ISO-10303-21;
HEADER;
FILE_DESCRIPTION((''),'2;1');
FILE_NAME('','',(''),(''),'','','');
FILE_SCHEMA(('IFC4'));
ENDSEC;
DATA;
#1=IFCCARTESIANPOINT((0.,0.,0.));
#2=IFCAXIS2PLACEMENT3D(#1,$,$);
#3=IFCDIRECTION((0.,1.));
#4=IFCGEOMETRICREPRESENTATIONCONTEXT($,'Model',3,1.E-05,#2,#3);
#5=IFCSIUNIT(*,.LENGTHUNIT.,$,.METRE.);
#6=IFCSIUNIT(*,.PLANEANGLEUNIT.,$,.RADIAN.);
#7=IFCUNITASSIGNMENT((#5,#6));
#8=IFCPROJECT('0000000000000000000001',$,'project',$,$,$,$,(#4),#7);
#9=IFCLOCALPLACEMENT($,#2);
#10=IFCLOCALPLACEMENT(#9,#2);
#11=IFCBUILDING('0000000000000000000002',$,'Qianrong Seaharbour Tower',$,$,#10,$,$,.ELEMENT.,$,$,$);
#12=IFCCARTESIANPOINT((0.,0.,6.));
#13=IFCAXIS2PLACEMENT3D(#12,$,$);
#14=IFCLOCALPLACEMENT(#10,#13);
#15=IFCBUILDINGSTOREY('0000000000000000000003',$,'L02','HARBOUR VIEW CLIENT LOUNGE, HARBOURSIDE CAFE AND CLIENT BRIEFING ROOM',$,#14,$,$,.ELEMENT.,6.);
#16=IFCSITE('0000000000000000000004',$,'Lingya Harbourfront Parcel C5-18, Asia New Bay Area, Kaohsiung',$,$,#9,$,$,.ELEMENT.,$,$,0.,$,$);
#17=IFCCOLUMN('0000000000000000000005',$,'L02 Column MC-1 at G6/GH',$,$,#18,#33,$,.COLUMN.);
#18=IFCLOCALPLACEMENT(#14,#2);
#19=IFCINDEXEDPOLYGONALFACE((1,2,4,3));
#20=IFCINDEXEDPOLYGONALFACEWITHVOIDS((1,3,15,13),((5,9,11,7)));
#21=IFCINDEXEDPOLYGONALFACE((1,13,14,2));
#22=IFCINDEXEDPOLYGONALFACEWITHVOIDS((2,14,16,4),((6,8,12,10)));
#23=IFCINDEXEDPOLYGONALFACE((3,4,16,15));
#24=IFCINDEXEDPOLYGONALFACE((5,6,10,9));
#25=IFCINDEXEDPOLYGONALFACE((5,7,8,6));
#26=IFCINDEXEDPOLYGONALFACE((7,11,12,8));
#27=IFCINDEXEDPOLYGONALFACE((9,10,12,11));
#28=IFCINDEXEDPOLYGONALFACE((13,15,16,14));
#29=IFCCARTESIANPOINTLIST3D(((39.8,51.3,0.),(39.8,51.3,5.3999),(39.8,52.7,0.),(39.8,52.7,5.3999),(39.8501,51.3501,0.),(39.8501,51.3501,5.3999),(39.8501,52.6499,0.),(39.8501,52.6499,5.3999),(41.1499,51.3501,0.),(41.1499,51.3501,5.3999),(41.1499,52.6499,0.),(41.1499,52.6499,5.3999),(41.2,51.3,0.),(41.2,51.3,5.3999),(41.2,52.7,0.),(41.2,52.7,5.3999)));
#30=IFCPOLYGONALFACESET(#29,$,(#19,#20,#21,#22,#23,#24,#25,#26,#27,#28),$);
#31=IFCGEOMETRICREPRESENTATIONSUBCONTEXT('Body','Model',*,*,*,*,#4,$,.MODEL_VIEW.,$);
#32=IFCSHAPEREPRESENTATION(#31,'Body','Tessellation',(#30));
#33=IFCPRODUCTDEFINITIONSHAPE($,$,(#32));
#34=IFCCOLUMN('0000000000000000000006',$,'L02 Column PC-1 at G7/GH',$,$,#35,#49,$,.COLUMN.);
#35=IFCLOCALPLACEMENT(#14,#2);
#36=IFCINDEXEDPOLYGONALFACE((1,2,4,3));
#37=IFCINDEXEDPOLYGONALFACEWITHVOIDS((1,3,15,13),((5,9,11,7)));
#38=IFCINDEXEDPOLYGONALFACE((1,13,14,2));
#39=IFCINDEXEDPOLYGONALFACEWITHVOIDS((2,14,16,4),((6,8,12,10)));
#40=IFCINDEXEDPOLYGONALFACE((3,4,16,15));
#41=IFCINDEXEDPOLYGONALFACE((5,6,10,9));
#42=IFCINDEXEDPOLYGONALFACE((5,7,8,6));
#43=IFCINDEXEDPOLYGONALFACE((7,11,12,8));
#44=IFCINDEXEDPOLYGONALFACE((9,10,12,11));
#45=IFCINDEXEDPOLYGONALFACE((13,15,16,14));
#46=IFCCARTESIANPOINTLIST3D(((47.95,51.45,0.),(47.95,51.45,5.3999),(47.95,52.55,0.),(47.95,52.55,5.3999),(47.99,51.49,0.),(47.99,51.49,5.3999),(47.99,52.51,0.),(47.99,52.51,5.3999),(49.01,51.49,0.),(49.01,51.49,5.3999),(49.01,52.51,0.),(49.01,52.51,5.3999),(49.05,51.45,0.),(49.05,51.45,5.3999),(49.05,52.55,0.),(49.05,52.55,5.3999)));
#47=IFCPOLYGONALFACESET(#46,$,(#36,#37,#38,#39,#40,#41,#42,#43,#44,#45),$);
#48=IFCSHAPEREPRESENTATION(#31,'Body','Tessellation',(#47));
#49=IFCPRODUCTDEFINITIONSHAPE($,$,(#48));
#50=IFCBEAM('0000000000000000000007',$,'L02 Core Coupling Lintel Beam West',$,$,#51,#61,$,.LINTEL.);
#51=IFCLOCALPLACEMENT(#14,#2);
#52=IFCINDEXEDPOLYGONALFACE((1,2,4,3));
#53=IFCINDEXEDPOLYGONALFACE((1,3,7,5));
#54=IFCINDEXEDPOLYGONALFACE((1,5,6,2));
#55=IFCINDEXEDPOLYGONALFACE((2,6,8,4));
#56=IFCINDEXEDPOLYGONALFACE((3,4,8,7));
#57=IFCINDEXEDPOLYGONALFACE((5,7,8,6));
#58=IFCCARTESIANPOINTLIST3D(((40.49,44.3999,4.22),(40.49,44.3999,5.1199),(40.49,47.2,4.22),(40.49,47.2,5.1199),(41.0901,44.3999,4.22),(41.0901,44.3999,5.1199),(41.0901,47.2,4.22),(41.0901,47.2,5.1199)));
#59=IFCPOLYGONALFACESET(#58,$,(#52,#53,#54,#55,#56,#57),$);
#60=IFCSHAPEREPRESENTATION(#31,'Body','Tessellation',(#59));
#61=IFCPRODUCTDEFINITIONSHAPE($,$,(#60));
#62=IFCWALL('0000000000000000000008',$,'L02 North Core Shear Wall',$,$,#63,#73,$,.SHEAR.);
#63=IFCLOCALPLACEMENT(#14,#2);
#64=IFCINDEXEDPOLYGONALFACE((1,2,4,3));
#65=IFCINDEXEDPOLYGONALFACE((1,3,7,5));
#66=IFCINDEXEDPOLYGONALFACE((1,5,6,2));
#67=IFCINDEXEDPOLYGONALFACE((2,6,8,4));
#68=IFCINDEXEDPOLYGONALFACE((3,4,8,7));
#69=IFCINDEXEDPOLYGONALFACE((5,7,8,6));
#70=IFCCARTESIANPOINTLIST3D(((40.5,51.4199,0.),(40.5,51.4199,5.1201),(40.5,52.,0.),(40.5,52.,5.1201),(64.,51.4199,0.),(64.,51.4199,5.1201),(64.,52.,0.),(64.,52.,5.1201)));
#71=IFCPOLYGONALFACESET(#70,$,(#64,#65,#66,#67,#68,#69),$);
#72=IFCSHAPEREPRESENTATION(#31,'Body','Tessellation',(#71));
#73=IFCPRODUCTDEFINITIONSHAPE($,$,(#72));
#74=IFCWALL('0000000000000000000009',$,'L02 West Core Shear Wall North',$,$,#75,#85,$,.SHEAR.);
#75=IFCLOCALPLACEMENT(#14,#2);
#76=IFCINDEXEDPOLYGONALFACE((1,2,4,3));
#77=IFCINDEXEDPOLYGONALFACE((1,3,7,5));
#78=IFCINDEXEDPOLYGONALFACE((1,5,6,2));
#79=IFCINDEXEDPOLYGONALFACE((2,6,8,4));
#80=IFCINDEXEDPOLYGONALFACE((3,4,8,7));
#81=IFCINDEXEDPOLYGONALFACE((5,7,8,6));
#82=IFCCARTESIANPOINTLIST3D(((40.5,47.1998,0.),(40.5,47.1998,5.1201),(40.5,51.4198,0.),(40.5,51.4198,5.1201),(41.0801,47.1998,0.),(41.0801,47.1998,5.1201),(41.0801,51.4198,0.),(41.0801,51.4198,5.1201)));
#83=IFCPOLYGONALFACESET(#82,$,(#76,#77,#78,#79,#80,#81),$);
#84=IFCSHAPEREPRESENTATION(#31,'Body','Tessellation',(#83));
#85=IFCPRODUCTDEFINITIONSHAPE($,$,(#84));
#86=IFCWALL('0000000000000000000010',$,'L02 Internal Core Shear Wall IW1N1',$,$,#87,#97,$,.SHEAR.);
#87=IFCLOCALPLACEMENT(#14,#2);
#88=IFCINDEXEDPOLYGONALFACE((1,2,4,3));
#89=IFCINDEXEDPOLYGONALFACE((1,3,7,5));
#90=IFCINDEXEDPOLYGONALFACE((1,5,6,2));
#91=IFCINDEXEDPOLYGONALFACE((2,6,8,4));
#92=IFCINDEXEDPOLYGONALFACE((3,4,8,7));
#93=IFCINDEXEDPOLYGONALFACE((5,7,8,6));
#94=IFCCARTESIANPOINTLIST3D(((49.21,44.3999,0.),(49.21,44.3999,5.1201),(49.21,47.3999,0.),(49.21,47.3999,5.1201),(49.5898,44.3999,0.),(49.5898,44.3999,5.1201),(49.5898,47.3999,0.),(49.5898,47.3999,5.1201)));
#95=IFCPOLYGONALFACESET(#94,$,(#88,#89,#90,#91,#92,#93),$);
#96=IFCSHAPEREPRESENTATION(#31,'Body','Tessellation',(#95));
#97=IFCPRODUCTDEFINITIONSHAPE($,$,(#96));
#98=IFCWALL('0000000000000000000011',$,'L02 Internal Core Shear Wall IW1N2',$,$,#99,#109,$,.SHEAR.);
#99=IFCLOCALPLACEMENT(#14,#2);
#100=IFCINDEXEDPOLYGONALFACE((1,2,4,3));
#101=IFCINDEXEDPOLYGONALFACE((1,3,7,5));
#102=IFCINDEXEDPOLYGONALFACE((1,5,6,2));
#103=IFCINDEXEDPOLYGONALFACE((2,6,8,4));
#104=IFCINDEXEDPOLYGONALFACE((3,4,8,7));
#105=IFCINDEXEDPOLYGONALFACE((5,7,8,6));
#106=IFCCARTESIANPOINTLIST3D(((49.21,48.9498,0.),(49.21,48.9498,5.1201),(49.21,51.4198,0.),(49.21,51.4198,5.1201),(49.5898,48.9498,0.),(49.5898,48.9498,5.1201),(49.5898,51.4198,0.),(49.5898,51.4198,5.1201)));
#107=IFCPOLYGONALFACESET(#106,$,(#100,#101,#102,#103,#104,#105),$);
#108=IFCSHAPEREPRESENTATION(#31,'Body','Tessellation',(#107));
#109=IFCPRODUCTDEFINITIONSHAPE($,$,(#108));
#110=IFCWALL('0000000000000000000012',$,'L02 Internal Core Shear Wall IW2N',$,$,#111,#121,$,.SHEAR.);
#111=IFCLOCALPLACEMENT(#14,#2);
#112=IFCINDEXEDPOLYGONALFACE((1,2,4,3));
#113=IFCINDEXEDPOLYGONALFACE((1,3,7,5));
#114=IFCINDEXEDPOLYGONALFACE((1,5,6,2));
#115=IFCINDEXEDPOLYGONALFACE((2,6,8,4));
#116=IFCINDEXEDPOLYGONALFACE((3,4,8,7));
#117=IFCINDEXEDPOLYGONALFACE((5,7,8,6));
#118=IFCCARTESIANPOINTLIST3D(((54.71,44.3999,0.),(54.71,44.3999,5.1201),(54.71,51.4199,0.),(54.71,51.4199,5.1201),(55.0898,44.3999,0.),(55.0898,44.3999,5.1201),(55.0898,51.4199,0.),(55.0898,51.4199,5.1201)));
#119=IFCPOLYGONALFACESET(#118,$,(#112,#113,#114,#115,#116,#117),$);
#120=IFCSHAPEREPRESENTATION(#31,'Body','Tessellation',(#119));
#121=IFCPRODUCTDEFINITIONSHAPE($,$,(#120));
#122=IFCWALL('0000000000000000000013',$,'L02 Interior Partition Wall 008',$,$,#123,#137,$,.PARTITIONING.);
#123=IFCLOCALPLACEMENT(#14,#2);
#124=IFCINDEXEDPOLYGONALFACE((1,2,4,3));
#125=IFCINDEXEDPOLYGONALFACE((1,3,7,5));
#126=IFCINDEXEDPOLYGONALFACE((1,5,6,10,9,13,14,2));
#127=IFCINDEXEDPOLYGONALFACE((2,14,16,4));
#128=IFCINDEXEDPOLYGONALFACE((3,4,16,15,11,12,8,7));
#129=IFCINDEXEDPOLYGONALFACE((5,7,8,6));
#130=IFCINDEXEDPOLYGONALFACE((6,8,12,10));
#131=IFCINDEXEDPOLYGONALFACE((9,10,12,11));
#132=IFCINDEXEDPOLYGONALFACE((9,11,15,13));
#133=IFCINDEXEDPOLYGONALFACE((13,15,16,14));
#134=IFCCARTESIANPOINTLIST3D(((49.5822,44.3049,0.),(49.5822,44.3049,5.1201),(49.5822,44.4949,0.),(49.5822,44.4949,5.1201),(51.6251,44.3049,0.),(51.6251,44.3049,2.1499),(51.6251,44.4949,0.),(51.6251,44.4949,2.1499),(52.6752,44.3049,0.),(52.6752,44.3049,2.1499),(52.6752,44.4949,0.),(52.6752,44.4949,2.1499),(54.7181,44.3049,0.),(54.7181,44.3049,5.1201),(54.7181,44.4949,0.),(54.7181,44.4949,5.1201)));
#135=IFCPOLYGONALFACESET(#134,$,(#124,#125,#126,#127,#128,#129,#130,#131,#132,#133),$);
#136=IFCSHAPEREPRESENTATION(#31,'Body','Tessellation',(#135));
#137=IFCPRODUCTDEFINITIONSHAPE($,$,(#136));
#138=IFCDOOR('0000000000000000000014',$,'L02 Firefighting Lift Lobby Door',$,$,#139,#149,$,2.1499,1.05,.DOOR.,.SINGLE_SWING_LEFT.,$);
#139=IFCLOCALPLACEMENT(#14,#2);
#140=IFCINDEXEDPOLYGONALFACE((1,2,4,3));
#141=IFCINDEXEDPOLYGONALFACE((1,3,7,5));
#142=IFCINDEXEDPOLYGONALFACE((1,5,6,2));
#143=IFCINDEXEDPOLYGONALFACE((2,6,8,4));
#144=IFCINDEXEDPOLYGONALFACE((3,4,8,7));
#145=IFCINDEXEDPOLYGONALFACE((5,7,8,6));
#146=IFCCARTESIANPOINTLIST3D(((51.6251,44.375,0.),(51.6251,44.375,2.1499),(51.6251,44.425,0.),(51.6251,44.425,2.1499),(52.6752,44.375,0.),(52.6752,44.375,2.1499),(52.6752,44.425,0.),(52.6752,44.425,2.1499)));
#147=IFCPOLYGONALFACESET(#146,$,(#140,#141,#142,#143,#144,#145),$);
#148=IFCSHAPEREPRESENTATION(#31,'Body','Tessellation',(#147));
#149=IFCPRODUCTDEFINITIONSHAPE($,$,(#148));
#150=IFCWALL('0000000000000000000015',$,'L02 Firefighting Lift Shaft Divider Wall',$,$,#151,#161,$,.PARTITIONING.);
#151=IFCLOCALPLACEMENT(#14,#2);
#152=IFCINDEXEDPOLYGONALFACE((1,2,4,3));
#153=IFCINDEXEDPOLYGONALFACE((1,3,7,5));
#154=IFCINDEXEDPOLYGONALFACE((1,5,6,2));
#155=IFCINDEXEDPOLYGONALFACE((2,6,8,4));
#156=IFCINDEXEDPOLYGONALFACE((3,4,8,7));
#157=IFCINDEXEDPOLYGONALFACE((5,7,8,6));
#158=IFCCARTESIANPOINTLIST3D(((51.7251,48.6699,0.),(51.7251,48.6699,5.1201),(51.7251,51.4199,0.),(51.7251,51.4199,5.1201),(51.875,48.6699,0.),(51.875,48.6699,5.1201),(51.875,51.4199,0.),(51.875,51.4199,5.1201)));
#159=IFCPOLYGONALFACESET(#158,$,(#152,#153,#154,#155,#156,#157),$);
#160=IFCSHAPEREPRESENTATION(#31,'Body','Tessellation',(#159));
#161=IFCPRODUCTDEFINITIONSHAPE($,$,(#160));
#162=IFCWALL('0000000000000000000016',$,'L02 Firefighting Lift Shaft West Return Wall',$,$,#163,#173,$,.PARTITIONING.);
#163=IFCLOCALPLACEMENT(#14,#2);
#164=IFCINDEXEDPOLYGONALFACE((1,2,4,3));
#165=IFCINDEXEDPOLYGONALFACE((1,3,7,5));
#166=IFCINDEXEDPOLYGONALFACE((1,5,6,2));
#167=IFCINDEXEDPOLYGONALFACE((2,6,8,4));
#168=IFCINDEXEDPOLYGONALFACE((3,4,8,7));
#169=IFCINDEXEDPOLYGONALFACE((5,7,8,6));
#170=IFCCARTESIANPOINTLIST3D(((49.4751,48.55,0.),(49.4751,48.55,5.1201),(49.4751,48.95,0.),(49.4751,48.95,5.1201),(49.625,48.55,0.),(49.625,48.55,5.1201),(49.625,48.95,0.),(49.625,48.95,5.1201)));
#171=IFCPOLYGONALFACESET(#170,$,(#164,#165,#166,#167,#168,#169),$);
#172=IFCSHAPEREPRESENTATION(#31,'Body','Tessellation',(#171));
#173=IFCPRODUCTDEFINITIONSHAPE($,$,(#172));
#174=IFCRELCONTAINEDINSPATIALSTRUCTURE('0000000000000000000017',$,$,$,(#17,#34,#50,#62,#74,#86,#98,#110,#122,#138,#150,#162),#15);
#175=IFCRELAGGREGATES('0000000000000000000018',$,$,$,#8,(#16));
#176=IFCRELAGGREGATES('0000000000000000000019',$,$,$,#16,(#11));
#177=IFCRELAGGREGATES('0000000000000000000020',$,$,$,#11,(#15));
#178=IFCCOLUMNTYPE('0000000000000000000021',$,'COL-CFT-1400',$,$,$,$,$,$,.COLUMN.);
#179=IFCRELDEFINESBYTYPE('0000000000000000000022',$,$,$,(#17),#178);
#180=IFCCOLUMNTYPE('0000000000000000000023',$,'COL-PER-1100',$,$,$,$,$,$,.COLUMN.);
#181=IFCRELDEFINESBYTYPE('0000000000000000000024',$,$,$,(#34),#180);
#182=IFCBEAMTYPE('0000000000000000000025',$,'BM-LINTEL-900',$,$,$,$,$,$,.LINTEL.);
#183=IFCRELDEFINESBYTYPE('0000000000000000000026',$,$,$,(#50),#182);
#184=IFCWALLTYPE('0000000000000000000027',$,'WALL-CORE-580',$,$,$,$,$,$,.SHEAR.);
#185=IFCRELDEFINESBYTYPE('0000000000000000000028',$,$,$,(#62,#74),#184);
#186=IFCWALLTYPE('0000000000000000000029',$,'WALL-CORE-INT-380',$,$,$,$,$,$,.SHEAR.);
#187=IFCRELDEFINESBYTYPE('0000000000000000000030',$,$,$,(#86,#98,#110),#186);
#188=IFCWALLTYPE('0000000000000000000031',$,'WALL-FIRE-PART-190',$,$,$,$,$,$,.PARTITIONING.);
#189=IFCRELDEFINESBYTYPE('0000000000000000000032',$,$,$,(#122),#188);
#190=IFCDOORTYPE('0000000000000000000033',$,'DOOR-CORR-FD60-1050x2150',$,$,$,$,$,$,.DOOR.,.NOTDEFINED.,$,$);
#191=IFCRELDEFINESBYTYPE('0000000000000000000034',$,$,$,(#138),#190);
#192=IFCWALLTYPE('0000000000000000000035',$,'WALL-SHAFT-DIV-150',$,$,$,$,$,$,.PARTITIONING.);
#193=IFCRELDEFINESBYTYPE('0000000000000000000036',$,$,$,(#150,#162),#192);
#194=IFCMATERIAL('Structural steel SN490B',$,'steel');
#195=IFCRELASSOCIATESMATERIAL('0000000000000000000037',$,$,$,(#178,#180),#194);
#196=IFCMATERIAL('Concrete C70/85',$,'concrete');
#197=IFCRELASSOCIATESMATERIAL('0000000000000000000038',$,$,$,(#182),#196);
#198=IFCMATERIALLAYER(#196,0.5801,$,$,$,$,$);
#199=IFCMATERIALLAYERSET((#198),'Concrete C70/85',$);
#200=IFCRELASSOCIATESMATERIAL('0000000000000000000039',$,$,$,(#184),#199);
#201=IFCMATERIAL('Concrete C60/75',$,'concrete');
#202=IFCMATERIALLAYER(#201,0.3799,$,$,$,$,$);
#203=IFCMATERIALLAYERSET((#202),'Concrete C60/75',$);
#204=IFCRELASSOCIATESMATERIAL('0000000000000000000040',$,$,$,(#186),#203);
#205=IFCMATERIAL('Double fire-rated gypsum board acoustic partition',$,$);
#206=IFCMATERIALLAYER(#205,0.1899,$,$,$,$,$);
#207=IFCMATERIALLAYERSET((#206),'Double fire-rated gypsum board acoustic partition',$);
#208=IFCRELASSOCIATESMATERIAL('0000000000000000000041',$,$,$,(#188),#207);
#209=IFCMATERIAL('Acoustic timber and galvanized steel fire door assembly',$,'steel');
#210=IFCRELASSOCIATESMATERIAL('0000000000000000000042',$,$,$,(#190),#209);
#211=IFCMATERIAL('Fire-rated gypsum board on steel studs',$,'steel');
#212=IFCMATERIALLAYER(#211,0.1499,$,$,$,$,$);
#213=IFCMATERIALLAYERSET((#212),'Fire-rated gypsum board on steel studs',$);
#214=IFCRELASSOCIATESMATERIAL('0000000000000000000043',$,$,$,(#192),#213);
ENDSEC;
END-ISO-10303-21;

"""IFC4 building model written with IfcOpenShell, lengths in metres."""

from ifc_helpers import new_model, si_unit, direction, frame, frame_2d, origin, origin_2d, place, context, subcontext, project, spatial, rectangle, hollow_rectangle, extrude, material, layer, layer_set, material_profile, profile_set, type_object, element, fill, save


model = new_model("IFC4")

# Units and contexts
model_context = context("Model", 3, precision=1e-05, world=origin(), true_north=direction((0.0, 1.0)))
body_context = subcontext(model_context, "Body", "Model", "MODEL_VIEW")
ifc_project = project(units=[si_unit("LENGTHUNIT", "METRE"), si_unit("PLANEANGLEUNIT", "RADIAN")], contexts=[model_context])

# Site, building, storey
site_placement = place(None, origin())
site = spatial("IfcSite", under=ifc_project, at=site_placement, Name="Lingya Harbourfront Parcel C5-18, Asia New Bay Area, Kaohsiung", CompositionType="ELEMENT", RefElevation=0.0)
building_placement = place(site_placement, origin())
building = spatial("IfcBuilding", under=site, at=building_placement, Name="Qianrong Seaharbour Tower", CompositionType="ELEMENT")
storey_placement = place(building_placement, frame((0.0, 0.0, 6.0)))
storey = spatial("IfcBuildingStorey", under=building, at=storey_placement, Name="L02", Description="HARBOUR VIEW CLIENT LOUNGE, HARBOURSIDE CAFE AND CLIENT BRIEFING ROOM", CompositionType="ELEMENT", Elevation=6.0)

# Columns
ifc_material_1 = material(Name="Structural steel SN490B", Category="steel")
ifc_material_profile_1 = material_profile(ifc_material_1, hollow_rectangle(XDim=1.3999, YDim=1.3999, WallThickness=0.05, at=origin_2d()), Name="BOX1400x1400x50")
ifc_profile_set_1 = profile_set([ifc_material_profile_1], Name="Structural steel SN490B")
column_type_1 = type_object("IfcColumnType", Name="COL-CFT-1400", PredefinedType="COLUMN", material=ifc_profile_set_1)
column_1_placement = place(storey_placement, frame((40.5, 52.0, 0.0), z_axis=(0.0, 0.0, 1.0), x_axis=(1.0, 0.0, 0.0)))
element("IfcColumn", 1, at=column_1_placement, inside=storey, type_object=column_type_1, Name="L02 Column MC-1 at G6/GH", PredefinedType="COLUMN", context=body_context, shape_type="SweptSolid", body=[
    extrude(hollow_rectangle(XDim=1.3999, YDim=1.3999, WallThickness=0.05, at=origin_2d()), origin(), (0.0, 0.0, 1.0), 5.3999),
])
ifc_material_profile_2 = material_profile(ifc_material_1, hollow_rectangle(XDim=1.1001, YDim=1.1001, WallThickness=0.04, at=origin_2d()), Name="BOX1100x1100x40")
ifc_profile_set_2 = profile_set([ifc_material_profile_2], Name="Structural steel SN490B")
column_type_2 = type_object("IfcColumnType", Name="COL-PER-1100", PredefinedType="COLUMN", material=ifc_profile_set_2)
column_2_placement = place(storey_placement, frame((48.5, 52.0, 0.0), z_axis=(0.0, 0.0, 1.0), x_axis=(1.0, 0.0, 0.0)))
element("IfcColumn", 2, at=column_2_placement, inside=storey, type_object=column_type_2, Name="L02 Column PC-1 at G7/GH", PredefinedType="COLUMN", context=body_context, shape_type="SweptSolid", body=[
    extrude(hollow_rectangle(XDim=1.1001, YDim=1.1001, WallThickness=0.04, at=origin_2d()), origin(), (0.0, 0.0, 1.0), 5.3999),
])

# Beam
ifc_material_2 = material(Name="Concrete C70/85", Category="concrete")
ifc_material_profile_3 = material_profile(ifc_material_2, rectangle(XDim=0.6001, YDim=0.8999, at=origin_2d()), Name="RC600x900")
ifc_profile_set_3 = profile_set([ifc_material_profile_3], Name="Concrete C70/85")
beam_type = type_object("IfcBeamType", Name="BM-LINTEL-900", PredefinedType="LINTEL", material=ifc_profile_set_3)
beam_placement = place(storey_placement, frame((40.79, 44.3999, 4.6699), z_axis=(0.0, 1.0, 0.0), x_axis=(-1.0, 0.0, 0.0)))
element("IfcBeam", 3, at=beam_placement, inside=storey, type_object=beam_type, Name="L02 Core Coupling Lintel Beam West", PredefinedType="LINTEL", context=body_context, shape_type="SweptSolid", body=[
    extrude(rectangle(XDim=0.6001, YDim=0.8999, at=origin_2d()), origin(), (0.0, 0.0, 1.0), 2.8),
])

# Walls
ifc_layer_1 = layer(ifc_material_2, 0.5801)
ifc_layer_set_1 = layer_set([ifc_layer_1], Name="Concrete C70/85")
wall_type_1 = type_object("IfcWallType", Name="WALL-CORE-580", PredefinedType="SHEAR", material=ifc_layer_set_1)
wall_1_placement = place(storey_placement, frame((40.5, 51.71, 0.0), z_axis=(0.0, 0.0, 1.0), x_axis=(1.0, 0.0, 0.0)))
element("IfcWall", 4, at=wall_1_placement, inside=storey, type_object=wall_type_1, Name="L02 North Core Shear Wall", PredefinedType="SHEAR", context=body_context, shape_type="SweptSolid", body=[
    extrude(rectangle(XDim=23.5, YDim=0.5801, at=frame_2d((11.75, 0.0))), origin(), (0.0, 0.0, 1.0), 5.1201),
])
wall_2_placement = place(storey_placement, frame((40.79, 47.2, 0.0), z_axis=(0.0, 0.0, 1.0), x_axis=(0.0, 1.0, 0.0)))
element("IfcWall", 5, at=wall_2_placement, inside=storey, type_object=wall_type_1, Name="L02 West Core Shear Wall North", PredefinedType="SHEAR", context=body_context, shape_type="SweptSolid", body=[
    extrude(rectangle(XDim=4.22, YDim=0.5801, at=frame_2d((2.1099, 0.0))), origin(), (0.0, 0.0, 1.0), 5.1201),
])
ifc_material_3 = material(Name="Concrete C60/75", Category="concrete")
ifc_layer_2 = layer(ifc_material_3, 0.3799)
ifc_layer_set_2 = layer_set([ifc_layer_2], Name="Concrete C60/75")
wall_type_2 = type_object("IfcWallType", Name="WALL-CORE-INT-380", PredefinedType="SHEAR", material=ifc_layer_set_2)
wall_3_placement = place(storey_placement, frame((49.3999, 44.3999, 0.0), z_axis=(0.0, 0.0, 1.0), x_axis=(0.0, 1.0, 0.0)))
element("IfcWall", 6, at=wall_3_placement, inside=storey, type_object=wall_type_2, Name="L02 Internal Core Shear Wall IW1N1", PredefinedType="SHEAR", context=body_context, shape_type="SweptSolid", body=[
    extrude(rectangle(XDim=3.0, YDim=0.3799, at=frame_2d((1.5, 0.0))), origin(), (0.0, 0.0, 1.0), 5.1201),
])
wall_4_placement = place(storey_placement, frame((49.3999, 48.95, 0.0), z_axis=(0.0, 0.0, 1.0), x_axis=(0.0, 1.0, 0.0)))
element("IfcWall", 7, at=wall_4_placement, inside=storey, type_object=wall_type_2, Name="L02 Internal Core Shear Wall IW1N2", PredefinedType="SHEAR", context=body_context, shape_type="SweptSolid", body=[
    extrude(rectangle(XDim=2.47, YDim=0.3799, at=frame_2d((1.2349, 0.0))), origin(), (0.0, 0.0, 1.0), 5.1201),
])
wall_5_placement = place(storey_placement, frame((54.8999, 44.3999, 0.0), z_axis=(0.0, 0.0, 1.0), x_axis=(0.0, 1.0, 0.0)))
element("IfcWall", 8, at=wall_5_placement, inside=storey, type_object=wall_type_2, Name="L02 Internal Core Shear Wall IW2N", PredefinedType="SHEAR", context=body_context, shape_type="SweptSolid", body=[
    extrude(rectangle(XDim=7.02, YDim=0.3799, at=frame_2d((3.51, 0.0))), origin(), (0.0, 0.0, 1.0), 5.1201),
])

# Wall, opening, door
ifc_material_4 = material(Name="Acoustic timber and galvanized steel fire door assembly", Category="steel")
ifc_material_5 = material(Name="Double fire-rated gypsum board acoustic partition")
ifc_layer_3 = layer(ifc_material_5, 0.1899)
ifc_layer_set_3 = layer_set([ifc_layer_3], Name="Double fire-rated gypsum board acoustic partition")
wall_type_3 = type_object("IfcWallType", Name="WALL-FIRE-PART-190", PredefinedType="PARTITIONING", material=ifc_layer_set_3)
wall_6_placement = place(storey_placement, frame((54.718, 44.3999, 0.0), z_axis=(0.0, 0.0, 1.0), x_axis=(-1.0, 0.0, 0.0)))
wall_6 = element("IfcWall", 9, at=wall_6_placement, inside=storey, type_object=wall_type_3, Name="L02 Interior Partition Wall 008", PredefinedType="PARTITIONING", context=body_context, shape_type="SweptSolid", body=[
    extrude(rectangle(XDim=5.136, YDim=0.1899, at=frame_2d((2.5679, 0.0))), origin(), (0.0, 0.0, 1.0), 5.1201),
])
opening_1_placement = place(wall_6_placement, frame((2.043, 0.0, 0.0)))
opening_1 = element("IfcOpeningElement", 10, at=opening_1_placement, cuts=wall_6, PredefinedType="OPENING", context=body_context, shape_type="SweptSolid", body=[
    extrude(rectangle(XDim=1.05, YDim=2.1499, at=frame_2d((0.5249, 1.075))), frame((0.0, 0.105, 0.0), z_axis=(0.0, -1.0, 0.0), x_axis=(1.0, 0.0, 0.0)), (0.0, 0.0, 1.0), 0.21),
])
door_type_1 = type_object("IfcDoorType", Name="DOOR-CORR-FD60-1050x2150", OperationType="NOTDEFINED", PredefinedType="DOOR", material=ifc_material_4)
door_1_placement = place(opening_1_placement, origin())
door_1 = element("IfcDoor", 11, at=door_1_placement, inside=storey, type_object=door_type_1, Name="L02 Firefighting Lift Lobby Door", OperationType="SINGLE_SWING_LEFT", OverallHeight=2.1499, OverallWidth=1.05, PredefinedType="DOOR", context=body_context, shape_type="SweptSolid", body=[
    extrude(rectangle(XDim=1.05, YDim=2.1499, at=frame_2d((0.5249, 1.075))), frame((0.0, 0.0249, 0.0), z_axis=(0.0, -1.0, 0.0), x_axis=(1.0, 0.0, 0.0)), (0.0, 0.0, 1.0), 0.05),
])
fill(opening_1, door_1)

# Walls
ifc_material_6 = material(Name="Fire-rated gypsum board on steel studs", Category="steel")
ifc_layer_4 = layer(ifc_material_6, 0.1499)
ifc_layer_set_4 = layer_set([ifc_layer_4], Name="Fire-rated gypsum board on steel studs")
wall_type_4 = type_object("IfcWallType", Name="WALL-SHAFT-DIV-150", PredefinedType="PARTITIONING", material=ifc_layer_set_4)
wall_7_placement = place(storey_placement, frame((51.8, 48.6699, 0.0), z_axis=(0.0, 0.0, 1.0), x_axis=(0.0, 1.0, 0.0)))
element("IfcWall", 12, at=wall_7_placement, inside=storey, type_object=wall_type_4, Name="L02 Firefighting Lift Shaft Divider Wall", PredefinedType="PARTITIONING", context=body_context, shape_type="SweptSolid", body=[
    extrude(rectangle(XDim=2.75, YDim=0.1499, at=frame_2d((1.375, 0.0))), origin(), (0.0, 0.0, 1.0), 5.1201),
])
wall_8_placement = place(storey_placement, frame((49.55, 48.55, 0.0), z_axis=(0.0, 0.0, 1.0), x_axis=(0.0, 1.0, 0.0)))
element("IfcWall", 13, at=wall_8_placement, inside=storey, type_object=wall_type_4, Name="L02 Firefighting Lift Shaft West Return Wall", PredefinedType="PARTITIONING", context=body_context, shape_type="SweptSolid", body=[
    extrude(rectangle(XDim=0.3999, YDim=0.1499, at=frame_2d((0.2, 0.0))), origin(), (0.0, 0.0, 1.0), 5.1201),
])

save(model, "model.ifc")
